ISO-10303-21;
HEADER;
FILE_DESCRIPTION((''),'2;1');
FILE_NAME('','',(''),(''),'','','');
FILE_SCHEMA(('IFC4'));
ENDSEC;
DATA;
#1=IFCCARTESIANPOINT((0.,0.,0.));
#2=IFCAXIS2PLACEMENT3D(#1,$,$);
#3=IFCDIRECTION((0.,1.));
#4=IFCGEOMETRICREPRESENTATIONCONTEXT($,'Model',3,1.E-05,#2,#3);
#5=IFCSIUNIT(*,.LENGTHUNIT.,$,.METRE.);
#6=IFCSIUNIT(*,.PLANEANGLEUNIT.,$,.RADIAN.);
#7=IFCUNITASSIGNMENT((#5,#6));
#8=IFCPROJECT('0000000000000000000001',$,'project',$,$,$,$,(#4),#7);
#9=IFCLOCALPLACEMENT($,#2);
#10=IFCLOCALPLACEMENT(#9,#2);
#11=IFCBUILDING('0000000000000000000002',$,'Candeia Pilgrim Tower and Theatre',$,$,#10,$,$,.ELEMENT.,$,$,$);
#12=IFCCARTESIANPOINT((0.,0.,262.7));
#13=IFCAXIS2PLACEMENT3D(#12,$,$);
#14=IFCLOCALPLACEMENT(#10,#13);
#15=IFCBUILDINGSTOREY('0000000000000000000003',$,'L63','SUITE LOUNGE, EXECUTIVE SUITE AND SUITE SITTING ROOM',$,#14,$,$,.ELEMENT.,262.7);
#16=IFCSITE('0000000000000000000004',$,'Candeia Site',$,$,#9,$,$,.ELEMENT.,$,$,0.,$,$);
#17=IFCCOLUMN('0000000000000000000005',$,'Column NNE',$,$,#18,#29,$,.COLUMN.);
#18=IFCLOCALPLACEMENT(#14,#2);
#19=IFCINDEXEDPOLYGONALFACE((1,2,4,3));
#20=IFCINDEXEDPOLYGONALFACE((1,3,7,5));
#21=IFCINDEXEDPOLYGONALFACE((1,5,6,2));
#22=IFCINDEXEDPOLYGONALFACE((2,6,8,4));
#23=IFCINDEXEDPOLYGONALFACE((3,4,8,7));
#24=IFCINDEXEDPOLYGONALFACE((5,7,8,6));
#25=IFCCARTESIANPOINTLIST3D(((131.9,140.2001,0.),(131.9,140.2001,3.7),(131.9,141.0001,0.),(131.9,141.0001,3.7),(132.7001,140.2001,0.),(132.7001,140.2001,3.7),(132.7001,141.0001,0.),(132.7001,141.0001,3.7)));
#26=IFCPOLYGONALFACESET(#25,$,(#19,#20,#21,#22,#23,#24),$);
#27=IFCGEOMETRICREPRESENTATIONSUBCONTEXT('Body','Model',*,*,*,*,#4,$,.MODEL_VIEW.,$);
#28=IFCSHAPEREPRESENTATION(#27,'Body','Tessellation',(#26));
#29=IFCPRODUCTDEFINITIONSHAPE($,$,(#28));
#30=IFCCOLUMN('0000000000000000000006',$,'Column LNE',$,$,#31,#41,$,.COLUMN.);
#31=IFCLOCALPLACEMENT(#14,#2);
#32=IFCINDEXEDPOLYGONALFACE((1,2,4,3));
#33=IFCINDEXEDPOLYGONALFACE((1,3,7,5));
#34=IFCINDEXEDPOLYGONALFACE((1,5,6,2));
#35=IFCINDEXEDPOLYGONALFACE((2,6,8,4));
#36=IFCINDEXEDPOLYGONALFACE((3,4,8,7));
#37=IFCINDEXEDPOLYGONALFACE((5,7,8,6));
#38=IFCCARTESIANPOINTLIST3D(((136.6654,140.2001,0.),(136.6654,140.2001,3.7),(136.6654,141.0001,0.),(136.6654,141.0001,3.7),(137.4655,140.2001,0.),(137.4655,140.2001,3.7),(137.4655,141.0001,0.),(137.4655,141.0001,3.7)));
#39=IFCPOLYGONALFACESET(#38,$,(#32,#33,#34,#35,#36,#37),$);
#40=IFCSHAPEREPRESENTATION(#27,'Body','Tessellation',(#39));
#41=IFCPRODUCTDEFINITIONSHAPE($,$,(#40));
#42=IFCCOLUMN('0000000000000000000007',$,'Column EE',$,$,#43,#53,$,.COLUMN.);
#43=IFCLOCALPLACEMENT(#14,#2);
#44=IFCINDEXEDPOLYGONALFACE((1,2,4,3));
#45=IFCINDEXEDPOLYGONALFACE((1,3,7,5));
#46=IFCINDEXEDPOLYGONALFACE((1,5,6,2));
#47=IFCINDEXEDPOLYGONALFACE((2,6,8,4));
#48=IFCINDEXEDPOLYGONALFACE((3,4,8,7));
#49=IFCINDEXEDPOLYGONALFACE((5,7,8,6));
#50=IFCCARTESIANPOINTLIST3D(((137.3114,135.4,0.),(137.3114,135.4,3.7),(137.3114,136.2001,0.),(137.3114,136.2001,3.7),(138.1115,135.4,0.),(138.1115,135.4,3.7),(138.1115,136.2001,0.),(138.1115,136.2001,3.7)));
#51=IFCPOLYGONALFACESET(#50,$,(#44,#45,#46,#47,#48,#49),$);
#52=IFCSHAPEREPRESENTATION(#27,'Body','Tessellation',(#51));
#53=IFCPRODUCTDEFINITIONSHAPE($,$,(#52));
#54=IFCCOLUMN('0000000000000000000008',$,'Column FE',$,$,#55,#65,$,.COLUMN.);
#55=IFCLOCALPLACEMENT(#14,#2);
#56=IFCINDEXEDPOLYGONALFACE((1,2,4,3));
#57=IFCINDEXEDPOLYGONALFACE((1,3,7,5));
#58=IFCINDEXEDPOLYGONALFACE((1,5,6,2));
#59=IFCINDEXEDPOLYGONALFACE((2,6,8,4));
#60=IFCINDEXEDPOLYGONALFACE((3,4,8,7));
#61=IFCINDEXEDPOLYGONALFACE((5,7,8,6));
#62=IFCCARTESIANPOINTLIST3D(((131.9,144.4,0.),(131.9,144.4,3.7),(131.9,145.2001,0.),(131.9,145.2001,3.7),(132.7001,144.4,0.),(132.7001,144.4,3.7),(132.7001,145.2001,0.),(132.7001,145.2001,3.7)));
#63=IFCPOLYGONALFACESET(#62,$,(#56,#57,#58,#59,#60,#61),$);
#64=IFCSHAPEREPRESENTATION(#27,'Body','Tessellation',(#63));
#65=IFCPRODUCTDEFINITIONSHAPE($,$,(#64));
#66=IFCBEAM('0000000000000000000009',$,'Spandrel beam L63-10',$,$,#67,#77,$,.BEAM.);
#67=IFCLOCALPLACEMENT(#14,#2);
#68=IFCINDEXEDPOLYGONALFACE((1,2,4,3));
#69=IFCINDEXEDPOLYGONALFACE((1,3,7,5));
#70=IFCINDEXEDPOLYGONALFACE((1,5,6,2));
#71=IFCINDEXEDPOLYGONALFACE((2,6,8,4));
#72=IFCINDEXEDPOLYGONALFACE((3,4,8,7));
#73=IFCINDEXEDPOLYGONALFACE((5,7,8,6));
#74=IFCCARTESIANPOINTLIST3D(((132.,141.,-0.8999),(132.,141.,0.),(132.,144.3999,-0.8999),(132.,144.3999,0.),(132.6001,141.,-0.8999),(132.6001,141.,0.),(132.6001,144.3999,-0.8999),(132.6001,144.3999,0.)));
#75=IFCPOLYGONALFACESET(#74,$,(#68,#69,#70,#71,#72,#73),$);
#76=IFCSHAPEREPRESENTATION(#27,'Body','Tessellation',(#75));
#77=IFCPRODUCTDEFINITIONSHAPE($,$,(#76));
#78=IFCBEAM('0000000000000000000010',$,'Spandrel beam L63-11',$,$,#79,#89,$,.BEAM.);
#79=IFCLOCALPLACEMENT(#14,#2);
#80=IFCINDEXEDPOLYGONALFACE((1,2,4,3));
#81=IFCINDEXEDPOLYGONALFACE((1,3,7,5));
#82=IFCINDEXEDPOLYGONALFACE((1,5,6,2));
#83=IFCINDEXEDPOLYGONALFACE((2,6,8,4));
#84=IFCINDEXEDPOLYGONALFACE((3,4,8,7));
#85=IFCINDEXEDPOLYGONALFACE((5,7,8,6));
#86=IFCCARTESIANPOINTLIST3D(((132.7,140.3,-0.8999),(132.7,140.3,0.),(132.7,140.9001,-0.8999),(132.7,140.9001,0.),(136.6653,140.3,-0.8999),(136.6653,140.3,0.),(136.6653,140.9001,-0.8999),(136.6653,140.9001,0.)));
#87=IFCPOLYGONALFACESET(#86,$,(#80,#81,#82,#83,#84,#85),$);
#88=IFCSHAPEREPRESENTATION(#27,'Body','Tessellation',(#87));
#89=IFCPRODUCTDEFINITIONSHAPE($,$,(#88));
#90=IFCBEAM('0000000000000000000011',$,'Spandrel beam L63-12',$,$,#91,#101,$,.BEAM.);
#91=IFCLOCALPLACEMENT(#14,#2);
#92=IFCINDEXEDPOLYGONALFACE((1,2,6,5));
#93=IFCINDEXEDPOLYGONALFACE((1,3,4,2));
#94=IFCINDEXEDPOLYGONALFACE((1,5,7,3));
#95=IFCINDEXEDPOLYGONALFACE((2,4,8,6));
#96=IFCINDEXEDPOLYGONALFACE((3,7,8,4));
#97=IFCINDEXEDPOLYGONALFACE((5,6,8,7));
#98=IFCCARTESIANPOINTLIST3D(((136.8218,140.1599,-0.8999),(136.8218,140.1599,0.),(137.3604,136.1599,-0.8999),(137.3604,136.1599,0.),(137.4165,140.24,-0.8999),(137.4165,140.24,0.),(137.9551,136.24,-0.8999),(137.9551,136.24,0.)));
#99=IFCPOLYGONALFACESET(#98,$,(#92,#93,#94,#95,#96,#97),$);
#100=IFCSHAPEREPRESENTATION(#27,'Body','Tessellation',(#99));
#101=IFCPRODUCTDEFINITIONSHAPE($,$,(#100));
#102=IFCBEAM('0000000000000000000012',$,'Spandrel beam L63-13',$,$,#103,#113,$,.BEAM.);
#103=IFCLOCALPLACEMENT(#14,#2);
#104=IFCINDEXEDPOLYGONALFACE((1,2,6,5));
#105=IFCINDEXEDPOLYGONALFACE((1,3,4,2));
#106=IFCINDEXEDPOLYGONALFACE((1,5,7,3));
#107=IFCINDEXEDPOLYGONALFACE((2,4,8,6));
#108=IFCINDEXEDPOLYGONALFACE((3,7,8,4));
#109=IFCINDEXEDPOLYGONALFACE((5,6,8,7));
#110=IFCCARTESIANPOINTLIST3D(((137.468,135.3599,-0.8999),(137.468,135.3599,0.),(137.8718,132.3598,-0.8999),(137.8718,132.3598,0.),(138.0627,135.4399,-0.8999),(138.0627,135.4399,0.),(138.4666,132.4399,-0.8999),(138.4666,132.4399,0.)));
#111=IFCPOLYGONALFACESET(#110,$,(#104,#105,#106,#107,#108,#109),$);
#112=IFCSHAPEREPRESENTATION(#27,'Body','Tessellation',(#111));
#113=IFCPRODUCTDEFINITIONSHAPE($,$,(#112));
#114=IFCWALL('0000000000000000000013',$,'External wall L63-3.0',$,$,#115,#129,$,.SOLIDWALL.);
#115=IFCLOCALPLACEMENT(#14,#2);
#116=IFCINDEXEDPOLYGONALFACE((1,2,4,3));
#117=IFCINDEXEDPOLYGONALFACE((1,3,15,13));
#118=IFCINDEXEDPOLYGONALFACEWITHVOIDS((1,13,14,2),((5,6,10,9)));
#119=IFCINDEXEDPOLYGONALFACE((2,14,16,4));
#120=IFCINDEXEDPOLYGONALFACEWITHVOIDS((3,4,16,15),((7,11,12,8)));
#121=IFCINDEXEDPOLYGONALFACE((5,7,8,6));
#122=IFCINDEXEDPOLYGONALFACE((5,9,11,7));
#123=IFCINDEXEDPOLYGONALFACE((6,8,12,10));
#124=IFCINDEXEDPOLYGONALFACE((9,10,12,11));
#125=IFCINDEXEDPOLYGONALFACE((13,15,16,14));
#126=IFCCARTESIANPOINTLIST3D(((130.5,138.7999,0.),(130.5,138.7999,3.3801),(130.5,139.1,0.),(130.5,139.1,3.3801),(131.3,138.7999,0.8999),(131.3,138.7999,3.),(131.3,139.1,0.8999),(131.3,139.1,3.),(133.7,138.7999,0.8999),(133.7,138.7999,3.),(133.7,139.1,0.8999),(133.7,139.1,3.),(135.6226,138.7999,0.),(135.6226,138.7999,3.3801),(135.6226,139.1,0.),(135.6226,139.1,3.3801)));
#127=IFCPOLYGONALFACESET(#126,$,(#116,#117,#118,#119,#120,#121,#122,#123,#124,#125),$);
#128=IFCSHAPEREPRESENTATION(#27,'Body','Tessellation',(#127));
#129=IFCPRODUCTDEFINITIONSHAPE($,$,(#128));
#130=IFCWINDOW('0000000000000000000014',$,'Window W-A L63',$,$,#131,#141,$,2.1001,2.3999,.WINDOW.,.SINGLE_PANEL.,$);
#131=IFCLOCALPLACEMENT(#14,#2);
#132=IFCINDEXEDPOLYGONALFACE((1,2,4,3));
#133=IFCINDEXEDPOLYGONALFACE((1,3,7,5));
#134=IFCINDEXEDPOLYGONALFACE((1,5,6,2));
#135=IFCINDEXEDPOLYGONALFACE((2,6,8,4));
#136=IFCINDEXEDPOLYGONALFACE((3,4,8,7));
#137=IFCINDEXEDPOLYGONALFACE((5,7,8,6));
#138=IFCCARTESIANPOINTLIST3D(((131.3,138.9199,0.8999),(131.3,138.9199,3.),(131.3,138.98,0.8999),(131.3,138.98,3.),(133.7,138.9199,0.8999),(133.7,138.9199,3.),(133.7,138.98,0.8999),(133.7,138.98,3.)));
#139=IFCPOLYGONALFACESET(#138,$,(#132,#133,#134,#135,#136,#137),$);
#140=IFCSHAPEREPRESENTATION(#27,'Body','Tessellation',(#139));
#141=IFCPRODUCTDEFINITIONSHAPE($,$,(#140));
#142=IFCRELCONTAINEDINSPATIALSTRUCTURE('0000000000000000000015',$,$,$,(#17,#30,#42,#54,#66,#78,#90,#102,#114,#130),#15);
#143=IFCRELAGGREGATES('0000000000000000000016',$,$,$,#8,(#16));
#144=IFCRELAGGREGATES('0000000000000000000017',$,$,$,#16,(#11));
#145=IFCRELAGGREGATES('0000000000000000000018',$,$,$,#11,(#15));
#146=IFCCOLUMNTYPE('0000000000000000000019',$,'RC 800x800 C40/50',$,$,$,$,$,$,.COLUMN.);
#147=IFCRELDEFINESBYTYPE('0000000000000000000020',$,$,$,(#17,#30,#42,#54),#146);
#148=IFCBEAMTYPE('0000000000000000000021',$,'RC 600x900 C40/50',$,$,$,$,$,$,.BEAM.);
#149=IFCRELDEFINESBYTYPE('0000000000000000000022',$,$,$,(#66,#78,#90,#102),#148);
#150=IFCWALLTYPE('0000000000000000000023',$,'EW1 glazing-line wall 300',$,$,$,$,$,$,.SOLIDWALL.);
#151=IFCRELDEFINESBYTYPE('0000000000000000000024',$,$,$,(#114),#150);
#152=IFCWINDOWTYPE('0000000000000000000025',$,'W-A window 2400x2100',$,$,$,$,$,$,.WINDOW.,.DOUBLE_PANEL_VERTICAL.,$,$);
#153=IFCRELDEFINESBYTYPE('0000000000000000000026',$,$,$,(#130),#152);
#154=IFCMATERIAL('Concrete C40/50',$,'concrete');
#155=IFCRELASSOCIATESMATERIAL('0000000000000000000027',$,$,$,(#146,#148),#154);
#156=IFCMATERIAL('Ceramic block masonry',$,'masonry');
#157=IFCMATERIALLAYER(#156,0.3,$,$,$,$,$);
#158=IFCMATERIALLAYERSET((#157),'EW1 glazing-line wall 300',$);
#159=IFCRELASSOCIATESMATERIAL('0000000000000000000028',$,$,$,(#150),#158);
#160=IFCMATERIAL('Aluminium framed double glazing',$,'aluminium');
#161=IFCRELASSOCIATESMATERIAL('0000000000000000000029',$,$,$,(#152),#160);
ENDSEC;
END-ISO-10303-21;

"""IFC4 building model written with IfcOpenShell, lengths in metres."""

from ifc_helpers import new_model, si_unit, direction, frame, frame_2d, origin, origin_2d, place, context, subcontext, project, spatial, rectangle, extrude, material, layer, layer_set, material_profile, profile_set, type_object, element, fill, save


model = new_model("IFC4")

# Units and contexts
model_context = context("Model", 3, precision=1e-05, world=origin(), true_north=direction((0.0, 1.0)))
body_context = subcontext(model_context, "Body", "Model", "MODEL_VIEW")
ifc_project = project(units=[si_unit("LENGTHUNIT", "METRE"), si_unit("PLANEANGLEUNIT", "RADIAN")], contexts=[model_context])

# Site, building, storey
site_placement = place(None, origin())
site = spatial("IfcSite", under=ifc_project, at=site_placement, Name="Candeia Site", CompositionType="ELEMENT", RefElevation=0.0)
building_placement = place(site_placement, origin())
building = spatial("IfcBuilding", under=site, at=building_placement, Name="Candeia Pilgrim Tower and Theatre", CompositionType="ELEMENT")
storey_placement = place(building_placement, frame((0.0, 0.0, 262.7)))
storey = spatial("IfcBuildingStorey", under=building, at=storey_placement, Name="L63", Description="SUITE LOUNGE, EXECUTIVE SUITE AND SUITE SITTING ROOM", CompositionType="ELEMENT", Elevation=262.7)

# Columns
ifc_material_1 = material(Name="Concrete C40/50", Category="concrete")
ifc_material_profile_1 = material_profile(ifc_material_1, rectangle(XDim=0.8, YDim=0.8, at=origin_2d()))
ifc_profile_set_1 = profile_set([ifc_material_profile_1], Name="Concrete C40/50")
column_type = type_object("IfcColumnType", Name="RC 800x800 C40/50", PredefinedType="COLUMN", material=ifc_profile_set_1)
for number, where, z_axis, x_axis, name in (
    (1, (132.3, 140.6001, 0.0), (0.0, 0.0, 1.0), (1.0, 0.0, 0.0), "Column NNE"),
    (2, (137.0654, 140.6001, 0.0), (0.0, 0.0, 1.0), (1.0, 0.0, 0.0), "Column LNE"),
    (3, (137.7114, 135.8, 0.0), (0.0, 0.0, 1.0), (1.0, 0.0, 0.0), "Column EE"),
    (4, (132.3, 144.8, 0.0), (0.0, 0.0, 1.0), (1.0, 0.0, 0.0), "Column FE"),
):
    element("IfcColumn", number, at=place(storey_placement, frame(where, z_axis=z_axis, x_axis=x_axis)), inside=storey, type_object=column_type, Name=name, PredefinedType="COLUMN", context=body_context, shape_type="SweptSolid", body=[
        extrude(rectangle(XDim=0.8, YDim=0.8, at=origin_2d()), origin(), (0.0, 0.0, 1.0), 3.7),
    ])

# Beams
ifc_material_profile_2 = material_profile(ifc_material_1, rectangle(XDim=0.6001, YDim=0.8999, at=origin_2d()))
ifc_profile_set_2 = profile_set([ifc_material_profile_2], Name="Concrete C40/50")
beam_type = type_object("IfcBeamType", Name="RC 600x900 C40/50", PredefinedType="BEAM", material=ifc_profile_set_2)
beam_1_placement = place(storey_placement, frame((132.3, 144.3999, -0.45), z_axis=(0.0, -1.0, 0.0), x_axis=(1.0, 0.0, 0.0)))
element("IfcBeam", 5, at=beam_1_placement, inside=storey, type_object=beam_type, Name="Spandrel beam L63-10", PredefinedType="BEAM", context=body_context, shape_type="SweptSolid", body=[
    extrude(rectangle(XDim=0.6001, YDim=0.8999, at=origin_2d()), origin(), (0.0, 0.0, 1.0), 3.3999),
])
beam_2_placement = place(storey_placement, frame((132.7, 140.6001, -0.45), z_axis=(1.0, 0.0, 0.0), x_axis=(0.0, 1.0, 0.0)))
element("IfcBeam", 6, at=beam_2_placement, inside=storey, type_object=beam_type, Name="Spandrel beam L63-11", PredefinedType="BEAM", context=body_context, shape_type="SweptSolid", body=[
    extrude(rectangle(XDim=0.6001, YDim=0.8999, at=origin_2d()), origin(), (0.0, 0.0, 1.0), 3.9653),
])
beam_3_placement = place(storey_placement, frame((137.1191, 140.2, -0.45), z_axis=(0.133439, -0.991057, 0.0), x_axis=(0.991057, 0.133439, 0.0)))
element("IfcBeam", 7, at=beam_3_placement, inside=storey, type_object=beam_type, Name="Spandrel beam L63-12", PredefinedType="BEAM", context=body_context, shape_type="SweptSolid", body=[
    extrude(rectangle(XDim=0.6001, YDim=0.8999, at=origin_2d()), origin(), (0.0, 0.0, 1.0), 4.0361),
])
beam_4_placement = place(storey_placement, frame((137.7654, 135.3999, -0.45), z_axis=(0.1334, -0.991062, 0.0), x_axis=(0.991062, 0.1334, 0.0)))
element("IfcBeam", 8, at=beam_4_placement, inside=storey, type_object=beam_type, Name="Spandrel beam L63-13", PredefinedType="BEAM", context=body_context, shape_type="SweptSolid", body=[
    extrude(rectangle(XDim=0.6001, YDim=0.8999, at=origin_2d()), origin(), (0.0, 0.0, 1.0), 3.0271),
])

# Wall, opening, window
ifc_material_2 = material(Name="Ceramic block masonry", Category="masonry")
ifc_layer_1 = layer(ifc_material_2, 0.3)
ifc_layer_set_1 = layer_set([ifc_layer_1], Name="EW1 glazing-line wall 300")
wall_type_1 = type_object("IfcWallType", Name="EW1 glazing-line wall 300", PredefinedType="SOLIDWALL", material=ifc_layer_set_1)
wall_1_placement = place(storey_placement, frame((135.6226, 138.95, 0.0), z_axis=(0.0, 0.0, 1.0), x_axis=(-1.0, 0.0, 0.0)))
wall_1 = element("IfcWall", 9, at=wall_1_placement, inside=storey, type_object=wall_type_1, Name="External wall L63-3.0", PredefinedType="SOLIDWALL", context=body_context, shape_type="SweptSolid", body=[
    extrude(rectangle(XDim=5.1226, YDim=0.3, at=frame_2d((2.5613, 0.0))), origin(), (0.0, 0.0, 1.0), 3.3801),
])
opening_1_placement = place(wall_1_placement, frame((1.9226, 0.0, 0.8999)))
opening_1 = element("IfcOpeningElement", 10, at=opening_1_placement, cuts=wall_1, PredefinedType="OPENING", context=body_context, shape_type="SweptSolid", body=[
    extrude(rectangle(XDim=2.3999, YDim=2.1001, at=frame_2d((1.2, 1.05))), frame((0.0, 0.1602, 0.0), z_axis=(0.0, -1.0, 0.0), x_axis=(1.0, 0.0, 0.0)), (0.0, 0.0, 1.0), 0.3201),
])
ifc_material_3 = material(Name="Aluminium framed double glazing", Category="aluminium")
window_type = type_object("IfcWindowType", Name="W-A window 2400x2100", PartitioningType="DOUBLE_PANEL_VERTICAL", PredefinedType="WINDOW", material=ifc_material_3)
window_1_placement = place(opening_1_placement, origin())
window_1 = element("IfcWindow", 11, at=window_1_placement, inside=storey, type_object=window_type, Name="Window W-A L63", OverallHeight=2.1001, OverallWidth=2.3999, PartitioningType="SINGLE_PANEL", PredefinedType="WINDOW", context=body_context, shape_type="SweptSolid", body=[
    extrude(rectangle(XDim=2.3999, YDim=2.1001, at=frame_2d((1.2, 1.05))), frame((0.0, 0.03, 0.0), z_axis=(0.0, -1.0, 0.0), x_axis=(1.0, 0.0, 0.0)), (0.0, 0.0, 1.0), 0.0601),
])
fill(opening_1, window_1)

save(model, "model.ifc")
